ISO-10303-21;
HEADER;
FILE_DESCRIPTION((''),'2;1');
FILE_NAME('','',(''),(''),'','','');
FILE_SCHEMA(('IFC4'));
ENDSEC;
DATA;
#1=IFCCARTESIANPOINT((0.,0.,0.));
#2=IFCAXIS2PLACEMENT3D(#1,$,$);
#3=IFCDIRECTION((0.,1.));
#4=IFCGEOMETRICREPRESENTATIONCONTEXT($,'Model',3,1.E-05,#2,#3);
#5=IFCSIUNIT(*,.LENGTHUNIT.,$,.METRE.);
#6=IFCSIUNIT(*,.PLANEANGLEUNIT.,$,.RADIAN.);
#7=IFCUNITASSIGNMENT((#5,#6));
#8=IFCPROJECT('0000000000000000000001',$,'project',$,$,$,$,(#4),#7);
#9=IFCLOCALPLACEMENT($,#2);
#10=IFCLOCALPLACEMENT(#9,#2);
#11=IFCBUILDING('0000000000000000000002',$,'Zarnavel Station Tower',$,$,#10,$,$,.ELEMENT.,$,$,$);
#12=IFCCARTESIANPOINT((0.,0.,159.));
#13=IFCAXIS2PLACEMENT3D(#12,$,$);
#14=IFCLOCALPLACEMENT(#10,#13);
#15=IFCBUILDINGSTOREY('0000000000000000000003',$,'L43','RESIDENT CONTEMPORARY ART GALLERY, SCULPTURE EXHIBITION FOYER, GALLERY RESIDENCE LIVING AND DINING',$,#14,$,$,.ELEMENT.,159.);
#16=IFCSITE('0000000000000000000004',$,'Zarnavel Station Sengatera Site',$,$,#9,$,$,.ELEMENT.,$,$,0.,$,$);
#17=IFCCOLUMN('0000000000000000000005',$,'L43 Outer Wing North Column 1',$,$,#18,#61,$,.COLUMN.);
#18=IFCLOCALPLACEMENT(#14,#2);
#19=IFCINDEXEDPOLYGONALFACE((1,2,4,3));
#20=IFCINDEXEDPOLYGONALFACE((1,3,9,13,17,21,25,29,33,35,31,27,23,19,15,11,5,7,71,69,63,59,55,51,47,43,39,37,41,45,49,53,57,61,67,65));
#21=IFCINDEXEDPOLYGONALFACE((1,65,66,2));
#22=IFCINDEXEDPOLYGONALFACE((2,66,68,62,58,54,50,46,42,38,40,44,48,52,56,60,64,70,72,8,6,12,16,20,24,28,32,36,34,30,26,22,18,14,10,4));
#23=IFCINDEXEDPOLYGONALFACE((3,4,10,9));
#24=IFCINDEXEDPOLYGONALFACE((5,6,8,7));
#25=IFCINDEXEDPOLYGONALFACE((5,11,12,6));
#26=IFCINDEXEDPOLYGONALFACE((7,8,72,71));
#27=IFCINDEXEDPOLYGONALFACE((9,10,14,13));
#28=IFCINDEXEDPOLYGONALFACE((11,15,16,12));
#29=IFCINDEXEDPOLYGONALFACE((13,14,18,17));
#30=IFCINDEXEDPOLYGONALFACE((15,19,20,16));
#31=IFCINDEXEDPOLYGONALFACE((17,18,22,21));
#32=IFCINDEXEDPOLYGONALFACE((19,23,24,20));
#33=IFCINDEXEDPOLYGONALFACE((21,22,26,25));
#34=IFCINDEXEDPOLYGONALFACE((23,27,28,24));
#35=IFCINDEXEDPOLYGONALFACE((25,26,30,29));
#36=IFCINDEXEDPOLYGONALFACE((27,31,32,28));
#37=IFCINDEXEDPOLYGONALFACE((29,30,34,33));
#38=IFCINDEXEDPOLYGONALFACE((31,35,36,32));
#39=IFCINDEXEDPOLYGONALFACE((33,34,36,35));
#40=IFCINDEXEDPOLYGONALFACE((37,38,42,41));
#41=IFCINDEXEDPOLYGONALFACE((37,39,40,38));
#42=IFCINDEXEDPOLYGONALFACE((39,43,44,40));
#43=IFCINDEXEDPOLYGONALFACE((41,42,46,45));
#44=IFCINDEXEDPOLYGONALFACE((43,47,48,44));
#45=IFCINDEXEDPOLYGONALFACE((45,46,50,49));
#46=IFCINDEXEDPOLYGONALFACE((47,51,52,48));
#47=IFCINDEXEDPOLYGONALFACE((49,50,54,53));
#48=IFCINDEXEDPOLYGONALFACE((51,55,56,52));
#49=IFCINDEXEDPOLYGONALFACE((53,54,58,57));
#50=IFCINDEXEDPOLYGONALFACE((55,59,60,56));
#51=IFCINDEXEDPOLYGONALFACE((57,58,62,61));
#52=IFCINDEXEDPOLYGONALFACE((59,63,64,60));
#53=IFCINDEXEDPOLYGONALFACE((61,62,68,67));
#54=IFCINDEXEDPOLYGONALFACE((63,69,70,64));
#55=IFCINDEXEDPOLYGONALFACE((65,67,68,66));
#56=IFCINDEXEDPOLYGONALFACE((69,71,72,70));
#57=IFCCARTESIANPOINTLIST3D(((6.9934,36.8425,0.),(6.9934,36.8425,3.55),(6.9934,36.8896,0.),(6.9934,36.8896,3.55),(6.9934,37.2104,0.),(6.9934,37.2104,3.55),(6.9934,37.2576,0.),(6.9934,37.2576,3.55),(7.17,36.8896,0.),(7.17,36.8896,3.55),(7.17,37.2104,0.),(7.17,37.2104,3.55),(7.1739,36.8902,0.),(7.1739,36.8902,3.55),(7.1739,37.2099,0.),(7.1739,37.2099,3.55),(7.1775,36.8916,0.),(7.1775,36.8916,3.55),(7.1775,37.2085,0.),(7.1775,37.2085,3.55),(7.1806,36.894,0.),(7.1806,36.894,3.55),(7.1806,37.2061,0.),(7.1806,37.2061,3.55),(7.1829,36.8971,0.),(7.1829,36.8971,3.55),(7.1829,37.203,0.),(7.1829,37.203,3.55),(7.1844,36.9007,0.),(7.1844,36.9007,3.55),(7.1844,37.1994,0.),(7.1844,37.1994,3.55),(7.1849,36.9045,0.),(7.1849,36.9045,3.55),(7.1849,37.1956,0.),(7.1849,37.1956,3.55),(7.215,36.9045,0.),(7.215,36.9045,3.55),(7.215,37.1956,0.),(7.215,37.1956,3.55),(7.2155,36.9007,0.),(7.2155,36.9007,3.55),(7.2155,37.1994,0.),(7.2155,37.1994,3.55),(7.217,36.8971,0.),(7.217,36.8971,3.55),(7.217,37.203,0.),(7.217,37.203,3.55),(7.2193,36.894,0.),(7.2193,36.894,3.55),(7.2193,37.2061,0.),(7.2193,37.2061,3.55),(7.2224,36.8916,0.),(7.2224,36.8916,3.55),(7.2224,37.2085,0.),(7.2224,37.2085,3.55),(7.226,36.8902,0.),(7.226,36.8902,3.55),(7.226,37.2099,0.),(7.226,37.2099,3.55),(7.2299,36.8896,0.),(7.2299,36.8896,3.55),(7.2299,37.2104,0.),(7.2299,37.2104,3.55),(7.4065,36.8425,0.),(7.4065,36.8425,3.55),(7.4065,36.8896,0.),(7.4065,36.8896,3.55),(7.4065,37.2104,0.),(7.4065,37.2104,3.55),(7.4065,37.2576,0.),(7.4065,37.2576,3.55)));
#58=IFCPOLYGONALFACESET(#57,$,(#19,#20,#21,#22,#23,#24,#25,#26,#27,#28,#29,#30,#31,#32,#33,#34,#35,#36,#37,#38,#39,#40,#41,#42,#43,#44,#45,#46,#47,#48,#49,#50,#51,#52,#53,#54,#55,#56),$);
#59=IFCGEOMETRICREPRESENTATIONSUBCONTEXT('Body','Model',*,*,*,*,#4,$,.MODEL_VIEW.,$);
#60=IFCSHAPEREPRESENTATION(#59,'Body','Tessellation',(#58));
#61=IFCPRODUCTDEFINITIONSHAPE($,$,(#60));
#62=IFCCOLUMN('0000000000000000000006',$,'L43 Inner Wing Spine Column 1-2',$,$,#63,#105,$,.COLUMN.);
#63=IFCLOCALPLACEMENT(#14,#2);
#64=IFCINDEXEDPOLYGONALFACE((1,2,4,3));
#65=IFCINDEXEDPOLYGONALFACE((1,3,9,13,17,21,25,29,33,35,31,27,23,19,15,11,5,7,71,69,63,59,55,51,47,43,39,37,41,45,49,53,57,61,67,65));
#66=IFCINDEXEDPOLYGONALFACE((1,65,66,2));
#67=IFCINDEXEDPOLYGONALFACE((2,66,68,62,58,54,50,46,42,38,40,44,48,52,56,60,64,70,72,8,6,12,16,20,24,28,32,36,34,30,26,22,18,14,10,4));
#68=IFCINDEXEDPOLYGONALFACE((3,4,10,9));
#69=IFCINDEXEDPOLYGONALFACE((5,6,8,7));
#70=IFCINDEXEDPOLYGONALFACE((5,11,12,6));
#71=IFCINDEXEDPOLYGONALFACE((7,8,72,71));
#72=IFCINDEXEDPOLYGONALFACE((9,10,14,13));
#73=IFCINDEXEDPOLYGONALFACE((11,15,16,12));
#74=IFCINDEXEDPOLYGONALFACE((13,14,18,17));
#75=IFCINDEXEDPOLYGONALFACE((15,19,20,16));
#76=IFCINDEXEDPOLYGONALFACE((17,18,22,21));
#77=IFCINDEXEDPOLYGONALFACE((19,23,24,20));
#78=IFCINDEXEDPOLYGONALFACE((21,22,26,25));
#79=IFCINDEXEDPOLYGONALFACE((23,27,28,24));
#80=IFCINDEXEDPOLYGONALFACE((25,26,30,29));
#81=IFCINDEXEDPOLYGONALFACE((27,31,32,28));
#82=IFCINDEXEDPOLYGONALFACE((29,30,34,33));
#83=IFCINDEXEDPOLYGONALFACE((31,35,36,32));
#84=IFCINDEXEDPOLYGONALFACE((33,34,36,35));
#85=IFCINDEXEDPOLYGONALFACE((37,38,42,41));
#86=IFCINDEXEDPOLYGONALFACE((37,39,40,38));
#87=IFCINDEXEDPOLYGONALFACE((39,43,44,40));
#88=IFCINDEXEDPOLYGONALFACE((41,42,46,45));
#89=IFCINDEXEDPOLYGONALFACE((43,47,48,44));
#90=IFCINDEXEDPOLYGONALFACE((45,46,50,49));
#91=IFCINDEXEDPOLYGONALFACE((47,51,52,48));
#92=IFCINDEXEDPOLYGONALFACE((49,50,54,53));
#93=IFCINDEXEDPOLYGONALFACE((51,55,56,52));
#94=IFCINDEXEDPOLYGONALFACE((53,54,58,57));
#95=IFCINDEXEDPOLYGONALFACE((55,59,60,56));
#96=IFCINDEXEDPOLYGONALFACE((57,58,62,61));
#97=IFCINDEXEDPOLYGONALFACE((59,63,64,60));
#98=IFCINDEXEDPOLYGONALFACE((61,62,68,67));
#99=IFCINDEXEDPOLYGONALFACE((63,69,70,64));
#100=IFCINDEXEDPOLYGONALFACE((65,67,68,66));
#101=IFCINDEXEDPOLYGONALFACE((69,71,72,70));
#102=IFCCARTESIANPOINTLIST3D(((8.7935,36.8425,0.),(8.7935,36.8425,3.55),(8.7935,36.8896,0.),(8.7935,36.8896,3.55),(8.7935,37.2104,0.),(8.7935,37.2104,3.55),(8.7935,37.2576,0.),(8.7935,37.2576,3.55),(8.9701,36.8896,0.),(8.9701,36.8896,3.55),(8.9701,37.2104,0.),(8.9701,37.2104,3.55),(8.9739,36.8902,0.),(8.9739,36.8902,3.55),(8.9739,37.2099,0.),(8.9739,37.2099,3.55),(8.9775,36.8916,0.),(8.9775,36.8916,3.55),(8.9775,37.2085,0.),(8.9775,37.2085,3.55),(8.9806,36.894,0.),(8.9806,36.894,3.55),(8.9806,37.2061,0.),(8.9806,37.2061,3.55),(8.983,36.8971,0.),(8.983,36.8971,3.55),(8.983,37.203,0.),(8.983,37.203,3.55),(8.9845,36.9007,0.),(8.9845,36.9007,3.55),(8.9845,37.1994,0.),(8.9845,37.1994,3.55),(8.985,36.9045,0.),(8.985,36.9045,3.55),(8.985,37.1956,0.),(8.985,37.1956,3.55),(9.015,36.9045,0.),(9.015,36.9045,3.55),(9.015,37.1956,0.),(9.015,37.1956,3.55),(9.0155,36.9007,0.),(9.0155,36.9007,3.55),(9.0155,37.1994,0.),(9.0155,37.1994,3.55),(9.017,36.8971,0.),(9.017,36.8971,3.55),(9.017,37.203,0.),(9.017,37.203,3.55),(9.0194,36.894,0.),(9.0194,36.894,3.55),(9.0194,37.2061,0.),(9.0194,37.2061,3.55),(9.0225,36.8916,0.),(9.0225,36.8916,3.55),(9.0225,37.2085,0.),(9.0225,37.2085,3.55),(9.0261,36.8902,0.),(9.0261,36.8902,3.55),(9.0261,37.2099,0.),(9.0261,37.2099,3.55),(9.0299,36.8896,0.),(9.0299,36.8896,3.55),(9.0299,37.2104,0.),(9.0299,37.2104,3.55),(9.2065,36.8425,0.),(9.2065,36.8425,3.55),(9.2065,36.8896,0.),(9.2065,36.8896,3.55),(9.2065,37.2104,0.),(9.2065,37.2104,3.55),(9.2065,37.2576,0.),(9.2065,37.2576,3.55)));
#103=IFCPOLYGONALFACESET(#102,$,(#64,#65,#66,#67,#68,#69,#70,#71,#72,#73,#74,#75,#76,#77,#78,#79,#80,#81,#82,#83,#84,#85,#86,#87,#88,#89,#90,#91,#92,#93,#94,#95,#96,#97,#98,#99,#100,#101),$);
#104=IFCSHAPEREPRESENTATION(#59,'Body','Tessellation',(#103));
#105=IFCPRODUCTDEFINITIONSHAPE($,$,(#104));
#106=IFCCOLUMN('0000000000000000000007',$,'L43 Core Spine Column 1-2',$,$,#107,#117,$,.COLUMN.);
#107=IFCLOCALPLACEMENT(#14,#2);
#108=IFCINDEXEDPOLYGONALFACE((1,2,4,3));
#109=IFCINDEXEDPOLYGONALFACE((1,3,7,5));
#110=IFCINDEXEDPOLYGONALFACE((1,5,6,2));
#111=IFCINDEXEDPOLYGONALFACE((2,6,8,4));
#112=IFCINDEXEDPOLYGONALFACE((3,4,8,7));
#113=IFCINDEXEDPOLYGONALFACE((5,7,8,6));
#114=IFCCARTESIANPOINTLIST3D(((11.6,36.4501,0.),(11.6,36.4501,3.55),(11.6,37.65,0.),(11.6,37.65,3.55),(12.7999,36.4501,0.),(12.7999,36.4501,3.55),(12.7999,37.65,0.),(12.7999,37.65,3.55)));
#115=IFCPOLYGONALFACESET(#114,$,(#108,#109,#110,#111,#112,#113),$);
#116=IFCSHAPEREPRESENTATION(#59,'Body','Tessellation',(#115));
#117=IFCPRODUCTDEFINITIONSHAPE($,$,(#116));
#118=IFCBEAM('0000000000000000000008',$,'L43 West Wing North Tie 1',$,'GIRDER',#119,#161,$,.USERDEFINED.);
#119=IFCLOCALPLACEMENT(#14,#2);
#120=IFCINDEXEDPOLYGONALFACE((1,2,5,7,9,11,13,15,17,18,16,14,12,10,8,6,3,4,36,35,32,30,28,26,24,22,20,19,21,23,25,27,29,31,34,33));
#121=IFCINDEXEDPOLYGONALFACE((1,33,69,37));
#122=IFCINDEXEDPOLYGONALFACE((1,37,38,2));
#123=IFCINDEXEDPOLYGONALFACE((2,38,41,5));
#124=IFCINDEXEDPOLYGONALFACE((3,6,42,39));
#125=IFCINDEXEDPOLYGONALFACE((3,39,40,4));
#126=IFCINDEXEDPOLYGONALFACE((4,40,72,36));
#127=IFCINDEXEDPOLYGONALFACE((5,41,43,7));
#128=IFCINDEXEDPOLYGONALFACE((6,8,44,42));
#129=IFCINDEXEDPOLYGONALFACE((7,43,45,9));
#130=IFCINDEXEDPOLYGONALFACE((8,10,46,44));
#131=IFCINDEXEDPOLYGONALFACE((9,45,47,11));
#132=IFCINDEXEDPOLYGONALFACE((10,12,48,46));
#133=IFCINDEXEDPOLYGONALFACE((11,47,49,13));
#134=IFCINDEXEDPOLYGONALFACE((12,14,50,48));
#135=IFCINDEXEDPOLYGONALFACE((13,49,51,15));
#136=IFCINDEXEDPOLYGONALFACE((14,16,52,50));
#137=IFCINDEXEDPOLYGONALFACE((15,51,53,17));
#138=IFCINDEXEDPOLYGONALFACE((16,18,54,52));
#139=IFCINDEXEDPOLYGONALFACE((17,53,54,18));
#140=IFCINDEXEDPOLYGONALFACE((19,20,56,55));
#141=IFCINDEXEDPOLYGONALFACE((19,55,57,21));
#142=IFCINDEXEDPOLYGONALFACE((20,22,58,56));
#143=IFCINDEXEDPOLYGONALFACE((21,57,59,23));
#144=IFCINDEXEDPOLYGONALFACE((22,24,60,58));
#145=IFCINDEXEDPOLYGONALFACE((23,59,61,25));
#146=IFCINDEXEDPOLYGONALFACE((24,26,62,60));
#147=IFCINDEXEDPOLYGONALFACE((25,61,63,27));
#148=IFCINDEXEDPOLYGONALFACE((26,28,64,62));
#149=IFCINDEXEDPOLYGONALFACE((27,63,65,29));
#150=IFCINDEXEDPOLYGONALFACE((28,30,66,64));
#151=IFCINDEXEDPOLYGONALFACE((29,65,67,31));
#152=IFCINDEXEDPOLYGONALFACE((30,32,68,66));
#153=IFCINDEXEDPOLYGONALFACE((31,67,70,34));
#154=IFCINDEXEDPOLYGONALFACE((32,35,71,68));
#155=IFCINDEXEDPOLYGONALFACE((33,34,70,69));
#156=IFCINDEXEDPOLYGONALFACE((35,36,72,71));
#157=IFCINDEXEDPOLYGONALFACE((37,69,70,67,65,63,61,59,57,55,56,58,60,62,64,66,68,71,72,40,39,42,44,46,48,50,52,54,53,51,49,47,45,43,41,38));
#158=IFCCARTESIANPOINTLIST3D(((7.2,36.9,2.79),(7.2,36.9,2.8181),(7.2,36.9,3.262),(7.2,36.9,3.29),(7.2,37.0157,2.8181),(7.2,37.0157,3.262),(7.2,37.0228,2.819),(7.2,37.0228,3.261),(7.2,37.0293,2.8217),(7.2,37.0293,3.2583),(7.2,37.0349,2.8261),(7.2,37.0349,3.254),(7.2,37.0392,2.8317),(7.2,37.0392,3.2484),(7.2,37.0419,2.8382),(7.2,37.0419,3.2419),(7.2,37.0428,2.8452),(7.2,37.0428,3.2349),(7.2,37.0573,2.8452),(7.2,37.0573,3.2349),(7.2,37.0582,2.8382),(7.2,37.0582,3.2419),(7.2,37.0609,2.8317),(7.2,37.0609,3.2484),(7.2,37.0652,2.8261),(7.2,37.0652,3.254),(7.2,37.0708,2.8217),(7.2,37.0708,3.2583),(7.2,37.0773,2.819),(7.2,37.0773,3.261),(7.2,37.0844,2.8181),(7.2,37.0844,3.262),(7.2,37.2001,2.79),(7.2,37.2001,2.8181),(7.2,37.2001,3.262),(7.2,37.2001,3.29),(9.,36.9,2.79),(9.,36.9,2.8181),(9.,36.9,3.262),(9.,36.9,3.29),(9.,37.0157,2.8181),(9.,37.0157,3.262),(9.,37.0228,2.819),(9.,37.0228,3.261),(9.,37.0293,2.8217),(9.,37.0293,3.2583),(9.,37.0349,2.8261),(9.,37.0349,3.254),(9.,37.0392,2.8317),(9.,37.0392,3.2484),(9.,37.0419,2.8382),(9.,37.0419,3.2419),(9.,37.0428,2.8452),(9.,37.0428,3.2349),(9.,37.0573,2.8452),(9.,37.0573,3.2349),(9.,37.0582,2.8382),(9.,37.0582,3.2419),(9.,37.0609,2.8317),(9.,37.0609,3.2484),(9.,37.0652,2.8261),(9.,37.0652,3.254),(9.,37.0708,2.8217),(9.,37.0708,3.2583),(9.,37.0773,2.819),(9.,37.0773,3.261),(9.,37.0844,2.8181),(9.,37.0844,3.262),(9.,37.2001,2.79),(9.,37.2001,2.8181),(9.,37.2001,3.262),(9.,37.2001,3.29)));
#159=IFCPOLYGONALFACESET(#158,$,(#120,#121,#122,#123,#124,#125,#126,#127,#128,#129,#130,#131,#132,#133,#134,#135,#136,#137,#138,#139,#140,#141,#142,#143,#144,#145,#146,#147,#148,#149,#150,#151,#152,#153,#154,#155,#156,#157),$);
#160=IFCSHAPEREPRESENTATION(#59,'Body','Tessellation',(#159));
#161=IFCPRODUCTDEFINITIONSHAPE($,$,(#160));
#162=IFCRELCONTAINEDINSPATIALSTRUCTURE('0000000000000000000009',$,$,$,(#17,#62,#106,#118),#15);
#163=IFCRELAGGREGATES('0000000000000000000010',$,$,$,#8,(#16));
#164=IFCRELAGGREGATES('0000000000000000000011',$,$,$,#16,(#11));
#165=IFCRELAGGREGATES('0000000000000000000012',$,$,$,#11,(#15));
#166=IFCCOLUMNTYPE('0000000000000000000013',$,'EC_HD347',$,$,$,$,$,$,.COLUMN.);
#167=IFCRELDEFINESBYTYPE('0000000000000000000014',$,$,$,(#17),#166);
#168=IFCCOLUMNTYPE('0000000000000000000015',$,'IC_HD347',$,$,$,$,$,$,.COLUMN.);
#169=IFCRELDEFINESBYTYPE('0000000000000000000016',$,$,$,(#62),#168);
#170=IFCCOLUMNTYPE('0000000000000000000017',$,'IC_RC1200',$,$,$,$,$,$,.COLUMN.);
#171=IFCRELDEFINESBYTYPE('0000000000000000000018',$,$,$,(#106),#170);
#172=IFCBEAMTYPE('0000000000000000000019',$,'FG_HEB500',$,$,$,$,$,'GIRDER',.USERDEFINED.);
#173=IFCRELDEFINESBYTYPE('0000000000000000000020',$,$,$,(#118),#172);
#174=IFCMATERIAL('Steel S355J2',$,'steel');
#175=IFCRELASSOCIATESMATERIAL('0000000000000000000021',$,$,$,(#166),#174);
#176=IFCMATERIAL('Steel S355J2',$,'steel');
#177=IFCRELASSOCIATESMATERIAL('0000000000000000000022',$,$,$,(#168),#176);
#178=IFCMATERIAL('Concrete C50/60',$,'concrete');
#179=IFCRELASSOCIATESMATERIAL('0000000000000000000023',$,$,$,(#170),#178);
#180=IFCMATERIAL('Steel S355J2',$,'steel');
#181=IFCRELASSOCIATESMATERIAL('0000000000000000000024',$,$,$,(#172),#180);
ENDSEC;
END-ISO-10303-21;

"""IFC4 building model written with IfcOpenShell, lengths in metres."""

from ifc_helpers import new_model, si_unit, direction, frame, origin, origin_2d, place, context, subcontext, project, spatial, rectangle, i_section, extrude, material, material_profile, profile_set, type_object, element, save


model = new_model("IFC4")

# Units and contexts
model_context = context("Model", 3, precision=1e-05, world=origin(), true_north=direction((0.0, 1.0)))
body_context = subcontext(model_context, "Body", "Model", "MODEL_VIEW")
ifc_project = project(units=[si_unit("LENGTHUNIT", "METRE"), si_unit("PLANEANGLEUNIT", "RADIAN")], contexts=[model_context])

# Site, building, storey
site_placement = place(None, origin())
site = spatial("IfcSite", under=ifc_project, at=site_placement, Name="Zarnavel Station Sengatera Site", CompositionType="ELEMENT", RefElevation=0.0)
building_placement = place(site_placement, origin())
building = spatial("IfcBuilding", under=site, at=building_placement, Name="Zarnavel Station Tower", CompositionType="ELEMENT")
storey_placement = place(building_placement, frame((0.0, 0.0, 159.0)))
storey = spatial("IfcBuildingStorey", under=building, at=storey_placement, Name="L43", Description="RESIDENT CONTEMPORARY ART GALLERY, SCULPTURE EXHIBITION FOYER, GALLERY RESIDENCE LIVING AND DINING", CompositionType="ELEMENT", Elevation=159.0)

# Columns
ifc_material_1 = material(Name="Steel S355J2", Category="steel")
ifc_material_profile_1 = material_profile(ifc_material_1, i_section(OverallWidth=0.4131, OverallDepth=0.415, WebThickness=0.03, FlangeThickness=0.0471, FilletRadius=0.0149, at=origin_2d()), Name="HD400x347")
ifc_profile_set_1 = profile_set([ifc_material_profile_1], Name="Steel S355J2")
column_type_1 = type_object("IfcColumnType", Name="EC_HD347", PredefinedType="COLUMN", material=ifc_profile_set_1)
column_1_placement = place(storey_placement, frame((7.2, 37.05, 0.0), z_axis=(0.0, 0.0, 1.0), x_axis=(1.0, 0.0, 0.0)))
element("IfcColumn", 1, at=column_1_placement, inside=storey, type_object=column_type_1, Name="L43 Outer Wing North Column 1", PredefinedType="COLUMN", context=body_context, shape_type="SweptSolid", body=[
    extrude(i_section(OverallWidth=0.4131, OverallDepth=0.415, WebThickness=0.03, FlangeThickness=0.0471, FilletRadius=0.0149, at=origin_2d()), origin(), (0.0, 0.0, 1.0), 3.55),
])
ifc_material_2 = material(Name="Steel S355J2", Category="steel")
ifc_material_profile_2 = material_profile(ifc_material_2, i_section(OverallWidth=0.4131, OverallDepth=0.415, WebThickness=0.03, FlangeThickness=0.0471, FilletRadius=0.0149, at=origin_2d()), Name="HD400x347")
ifc_profile_set_2 = profile_set([ifc_material_profile_2], Name="Steel S355J2")
column_type_2 = type_object("IfcColumnType", Name="IC_HD347", PredefinedType="COLUMN", material=ifc_profile_set_2)
column_2_placement = place(storey_placement, frame((9.0, 37.05, 0.0), z_axis=(0.0, 0.0, 1.0), x_axis=(1.0, 0.0, 0.0)))
element("IfcColumn", 2, at=column_2_placement, inside=storey, type_object=column_type_2, Name="L43 Inner Wing Spine Column 1-2", PredefinedType="COLUMN", context=body_context, shape_type="SweptSolid", body=[
    extrude(i_section(OverallWidth=0.4131, OverallDepth=0.415, WebThickness=0.03, FlangeThickness=0.0471, FilletRadius=0.0149, at=origin_2d()), origin(), (0.0, 0.0, 1.0), 3.55),
])
ifc_material_3 = material(Name="Concrete C50/60", Category="concrete")
ifc_material_profile_3 = material_profile(ifc_material_3, rectangle(XDim=1.2, YDim=1.2, at=origin_2d()), Name="RC1200x1200")
ifc_profile_set_3 = profile_set([ifc_material_profile_3], Name="Concrete C50/60")
column_type_3 = type_object("IfcColumnType", Name="IC_RC1200", PredefinedType="COLUMN", material=ifc_profile_set_3)
column_3_placement = place(storey_placement, frame((12.2, 37.05, 0.0), z_axis=(0.0, 0.0, 1.0), x_axis=(1.0, 0.0, 0.0)))
element("IfcColumn", 3, at=column_3_placement, inside=storey, type_object=column_type_3, Name="L43 Core Spine Column 1-2", PredefinedType="COLUMN", context=body_context, shape_type="SweptSolid", body=[
    extrude(rectangle(XDim=1.2, YDim=1.2, at=origin_2d()), origin(), (0.0, 0.0, 1.0), 3.55),
])

# Beam
ifc_material_4 = material(Name="Steel S355J2", Category="steel")
ifc_material_profile_4 = material_profile(ifc_material_4, i_section(OverallWidth=0.3, OverallDepth=0.5, WebThickness=0.0144, FlangeThickness=0.0281, FilletRadius=0.0271, at=origin_2d()), Name="HEB500")
ifc_profile_set_4 = profile_set([ifc_material_profile_4], Name="Steel S355J2")
beam_type = type_object("IfcBeamType", Name="FG_HEB500", ElementType="GIRDER", PredefinedType="USERDEFINED", material=ifc_profile_set_4)
beam_1_placement = place(storey_placement, frame((7.2, 37.05, 3.04), z_axis=(1.0, 0.0, 0.0), x_axis=(0.0, 1.0, 0.0)))
element("IfcBeam", 4, at=beam_1_placement, inside=storey, type_object=beam_type, Name="L43 West Wing North Tie 1", ObjectType="GIRDER", PredefinedType="USERDEFINED", context=body_context, shape_type="SweptSolid", body=[
    extrude(i_section(OverallWidth=0.3, OverallDepth=0.5, WebThickness=0.0144, FlangeThickness=0.0281, FilletRadius=0.0271, at=origin_2d()), origin(), (0.0, 0.0, 1.0), 1.8),
])

save(model, "model.ifc")
